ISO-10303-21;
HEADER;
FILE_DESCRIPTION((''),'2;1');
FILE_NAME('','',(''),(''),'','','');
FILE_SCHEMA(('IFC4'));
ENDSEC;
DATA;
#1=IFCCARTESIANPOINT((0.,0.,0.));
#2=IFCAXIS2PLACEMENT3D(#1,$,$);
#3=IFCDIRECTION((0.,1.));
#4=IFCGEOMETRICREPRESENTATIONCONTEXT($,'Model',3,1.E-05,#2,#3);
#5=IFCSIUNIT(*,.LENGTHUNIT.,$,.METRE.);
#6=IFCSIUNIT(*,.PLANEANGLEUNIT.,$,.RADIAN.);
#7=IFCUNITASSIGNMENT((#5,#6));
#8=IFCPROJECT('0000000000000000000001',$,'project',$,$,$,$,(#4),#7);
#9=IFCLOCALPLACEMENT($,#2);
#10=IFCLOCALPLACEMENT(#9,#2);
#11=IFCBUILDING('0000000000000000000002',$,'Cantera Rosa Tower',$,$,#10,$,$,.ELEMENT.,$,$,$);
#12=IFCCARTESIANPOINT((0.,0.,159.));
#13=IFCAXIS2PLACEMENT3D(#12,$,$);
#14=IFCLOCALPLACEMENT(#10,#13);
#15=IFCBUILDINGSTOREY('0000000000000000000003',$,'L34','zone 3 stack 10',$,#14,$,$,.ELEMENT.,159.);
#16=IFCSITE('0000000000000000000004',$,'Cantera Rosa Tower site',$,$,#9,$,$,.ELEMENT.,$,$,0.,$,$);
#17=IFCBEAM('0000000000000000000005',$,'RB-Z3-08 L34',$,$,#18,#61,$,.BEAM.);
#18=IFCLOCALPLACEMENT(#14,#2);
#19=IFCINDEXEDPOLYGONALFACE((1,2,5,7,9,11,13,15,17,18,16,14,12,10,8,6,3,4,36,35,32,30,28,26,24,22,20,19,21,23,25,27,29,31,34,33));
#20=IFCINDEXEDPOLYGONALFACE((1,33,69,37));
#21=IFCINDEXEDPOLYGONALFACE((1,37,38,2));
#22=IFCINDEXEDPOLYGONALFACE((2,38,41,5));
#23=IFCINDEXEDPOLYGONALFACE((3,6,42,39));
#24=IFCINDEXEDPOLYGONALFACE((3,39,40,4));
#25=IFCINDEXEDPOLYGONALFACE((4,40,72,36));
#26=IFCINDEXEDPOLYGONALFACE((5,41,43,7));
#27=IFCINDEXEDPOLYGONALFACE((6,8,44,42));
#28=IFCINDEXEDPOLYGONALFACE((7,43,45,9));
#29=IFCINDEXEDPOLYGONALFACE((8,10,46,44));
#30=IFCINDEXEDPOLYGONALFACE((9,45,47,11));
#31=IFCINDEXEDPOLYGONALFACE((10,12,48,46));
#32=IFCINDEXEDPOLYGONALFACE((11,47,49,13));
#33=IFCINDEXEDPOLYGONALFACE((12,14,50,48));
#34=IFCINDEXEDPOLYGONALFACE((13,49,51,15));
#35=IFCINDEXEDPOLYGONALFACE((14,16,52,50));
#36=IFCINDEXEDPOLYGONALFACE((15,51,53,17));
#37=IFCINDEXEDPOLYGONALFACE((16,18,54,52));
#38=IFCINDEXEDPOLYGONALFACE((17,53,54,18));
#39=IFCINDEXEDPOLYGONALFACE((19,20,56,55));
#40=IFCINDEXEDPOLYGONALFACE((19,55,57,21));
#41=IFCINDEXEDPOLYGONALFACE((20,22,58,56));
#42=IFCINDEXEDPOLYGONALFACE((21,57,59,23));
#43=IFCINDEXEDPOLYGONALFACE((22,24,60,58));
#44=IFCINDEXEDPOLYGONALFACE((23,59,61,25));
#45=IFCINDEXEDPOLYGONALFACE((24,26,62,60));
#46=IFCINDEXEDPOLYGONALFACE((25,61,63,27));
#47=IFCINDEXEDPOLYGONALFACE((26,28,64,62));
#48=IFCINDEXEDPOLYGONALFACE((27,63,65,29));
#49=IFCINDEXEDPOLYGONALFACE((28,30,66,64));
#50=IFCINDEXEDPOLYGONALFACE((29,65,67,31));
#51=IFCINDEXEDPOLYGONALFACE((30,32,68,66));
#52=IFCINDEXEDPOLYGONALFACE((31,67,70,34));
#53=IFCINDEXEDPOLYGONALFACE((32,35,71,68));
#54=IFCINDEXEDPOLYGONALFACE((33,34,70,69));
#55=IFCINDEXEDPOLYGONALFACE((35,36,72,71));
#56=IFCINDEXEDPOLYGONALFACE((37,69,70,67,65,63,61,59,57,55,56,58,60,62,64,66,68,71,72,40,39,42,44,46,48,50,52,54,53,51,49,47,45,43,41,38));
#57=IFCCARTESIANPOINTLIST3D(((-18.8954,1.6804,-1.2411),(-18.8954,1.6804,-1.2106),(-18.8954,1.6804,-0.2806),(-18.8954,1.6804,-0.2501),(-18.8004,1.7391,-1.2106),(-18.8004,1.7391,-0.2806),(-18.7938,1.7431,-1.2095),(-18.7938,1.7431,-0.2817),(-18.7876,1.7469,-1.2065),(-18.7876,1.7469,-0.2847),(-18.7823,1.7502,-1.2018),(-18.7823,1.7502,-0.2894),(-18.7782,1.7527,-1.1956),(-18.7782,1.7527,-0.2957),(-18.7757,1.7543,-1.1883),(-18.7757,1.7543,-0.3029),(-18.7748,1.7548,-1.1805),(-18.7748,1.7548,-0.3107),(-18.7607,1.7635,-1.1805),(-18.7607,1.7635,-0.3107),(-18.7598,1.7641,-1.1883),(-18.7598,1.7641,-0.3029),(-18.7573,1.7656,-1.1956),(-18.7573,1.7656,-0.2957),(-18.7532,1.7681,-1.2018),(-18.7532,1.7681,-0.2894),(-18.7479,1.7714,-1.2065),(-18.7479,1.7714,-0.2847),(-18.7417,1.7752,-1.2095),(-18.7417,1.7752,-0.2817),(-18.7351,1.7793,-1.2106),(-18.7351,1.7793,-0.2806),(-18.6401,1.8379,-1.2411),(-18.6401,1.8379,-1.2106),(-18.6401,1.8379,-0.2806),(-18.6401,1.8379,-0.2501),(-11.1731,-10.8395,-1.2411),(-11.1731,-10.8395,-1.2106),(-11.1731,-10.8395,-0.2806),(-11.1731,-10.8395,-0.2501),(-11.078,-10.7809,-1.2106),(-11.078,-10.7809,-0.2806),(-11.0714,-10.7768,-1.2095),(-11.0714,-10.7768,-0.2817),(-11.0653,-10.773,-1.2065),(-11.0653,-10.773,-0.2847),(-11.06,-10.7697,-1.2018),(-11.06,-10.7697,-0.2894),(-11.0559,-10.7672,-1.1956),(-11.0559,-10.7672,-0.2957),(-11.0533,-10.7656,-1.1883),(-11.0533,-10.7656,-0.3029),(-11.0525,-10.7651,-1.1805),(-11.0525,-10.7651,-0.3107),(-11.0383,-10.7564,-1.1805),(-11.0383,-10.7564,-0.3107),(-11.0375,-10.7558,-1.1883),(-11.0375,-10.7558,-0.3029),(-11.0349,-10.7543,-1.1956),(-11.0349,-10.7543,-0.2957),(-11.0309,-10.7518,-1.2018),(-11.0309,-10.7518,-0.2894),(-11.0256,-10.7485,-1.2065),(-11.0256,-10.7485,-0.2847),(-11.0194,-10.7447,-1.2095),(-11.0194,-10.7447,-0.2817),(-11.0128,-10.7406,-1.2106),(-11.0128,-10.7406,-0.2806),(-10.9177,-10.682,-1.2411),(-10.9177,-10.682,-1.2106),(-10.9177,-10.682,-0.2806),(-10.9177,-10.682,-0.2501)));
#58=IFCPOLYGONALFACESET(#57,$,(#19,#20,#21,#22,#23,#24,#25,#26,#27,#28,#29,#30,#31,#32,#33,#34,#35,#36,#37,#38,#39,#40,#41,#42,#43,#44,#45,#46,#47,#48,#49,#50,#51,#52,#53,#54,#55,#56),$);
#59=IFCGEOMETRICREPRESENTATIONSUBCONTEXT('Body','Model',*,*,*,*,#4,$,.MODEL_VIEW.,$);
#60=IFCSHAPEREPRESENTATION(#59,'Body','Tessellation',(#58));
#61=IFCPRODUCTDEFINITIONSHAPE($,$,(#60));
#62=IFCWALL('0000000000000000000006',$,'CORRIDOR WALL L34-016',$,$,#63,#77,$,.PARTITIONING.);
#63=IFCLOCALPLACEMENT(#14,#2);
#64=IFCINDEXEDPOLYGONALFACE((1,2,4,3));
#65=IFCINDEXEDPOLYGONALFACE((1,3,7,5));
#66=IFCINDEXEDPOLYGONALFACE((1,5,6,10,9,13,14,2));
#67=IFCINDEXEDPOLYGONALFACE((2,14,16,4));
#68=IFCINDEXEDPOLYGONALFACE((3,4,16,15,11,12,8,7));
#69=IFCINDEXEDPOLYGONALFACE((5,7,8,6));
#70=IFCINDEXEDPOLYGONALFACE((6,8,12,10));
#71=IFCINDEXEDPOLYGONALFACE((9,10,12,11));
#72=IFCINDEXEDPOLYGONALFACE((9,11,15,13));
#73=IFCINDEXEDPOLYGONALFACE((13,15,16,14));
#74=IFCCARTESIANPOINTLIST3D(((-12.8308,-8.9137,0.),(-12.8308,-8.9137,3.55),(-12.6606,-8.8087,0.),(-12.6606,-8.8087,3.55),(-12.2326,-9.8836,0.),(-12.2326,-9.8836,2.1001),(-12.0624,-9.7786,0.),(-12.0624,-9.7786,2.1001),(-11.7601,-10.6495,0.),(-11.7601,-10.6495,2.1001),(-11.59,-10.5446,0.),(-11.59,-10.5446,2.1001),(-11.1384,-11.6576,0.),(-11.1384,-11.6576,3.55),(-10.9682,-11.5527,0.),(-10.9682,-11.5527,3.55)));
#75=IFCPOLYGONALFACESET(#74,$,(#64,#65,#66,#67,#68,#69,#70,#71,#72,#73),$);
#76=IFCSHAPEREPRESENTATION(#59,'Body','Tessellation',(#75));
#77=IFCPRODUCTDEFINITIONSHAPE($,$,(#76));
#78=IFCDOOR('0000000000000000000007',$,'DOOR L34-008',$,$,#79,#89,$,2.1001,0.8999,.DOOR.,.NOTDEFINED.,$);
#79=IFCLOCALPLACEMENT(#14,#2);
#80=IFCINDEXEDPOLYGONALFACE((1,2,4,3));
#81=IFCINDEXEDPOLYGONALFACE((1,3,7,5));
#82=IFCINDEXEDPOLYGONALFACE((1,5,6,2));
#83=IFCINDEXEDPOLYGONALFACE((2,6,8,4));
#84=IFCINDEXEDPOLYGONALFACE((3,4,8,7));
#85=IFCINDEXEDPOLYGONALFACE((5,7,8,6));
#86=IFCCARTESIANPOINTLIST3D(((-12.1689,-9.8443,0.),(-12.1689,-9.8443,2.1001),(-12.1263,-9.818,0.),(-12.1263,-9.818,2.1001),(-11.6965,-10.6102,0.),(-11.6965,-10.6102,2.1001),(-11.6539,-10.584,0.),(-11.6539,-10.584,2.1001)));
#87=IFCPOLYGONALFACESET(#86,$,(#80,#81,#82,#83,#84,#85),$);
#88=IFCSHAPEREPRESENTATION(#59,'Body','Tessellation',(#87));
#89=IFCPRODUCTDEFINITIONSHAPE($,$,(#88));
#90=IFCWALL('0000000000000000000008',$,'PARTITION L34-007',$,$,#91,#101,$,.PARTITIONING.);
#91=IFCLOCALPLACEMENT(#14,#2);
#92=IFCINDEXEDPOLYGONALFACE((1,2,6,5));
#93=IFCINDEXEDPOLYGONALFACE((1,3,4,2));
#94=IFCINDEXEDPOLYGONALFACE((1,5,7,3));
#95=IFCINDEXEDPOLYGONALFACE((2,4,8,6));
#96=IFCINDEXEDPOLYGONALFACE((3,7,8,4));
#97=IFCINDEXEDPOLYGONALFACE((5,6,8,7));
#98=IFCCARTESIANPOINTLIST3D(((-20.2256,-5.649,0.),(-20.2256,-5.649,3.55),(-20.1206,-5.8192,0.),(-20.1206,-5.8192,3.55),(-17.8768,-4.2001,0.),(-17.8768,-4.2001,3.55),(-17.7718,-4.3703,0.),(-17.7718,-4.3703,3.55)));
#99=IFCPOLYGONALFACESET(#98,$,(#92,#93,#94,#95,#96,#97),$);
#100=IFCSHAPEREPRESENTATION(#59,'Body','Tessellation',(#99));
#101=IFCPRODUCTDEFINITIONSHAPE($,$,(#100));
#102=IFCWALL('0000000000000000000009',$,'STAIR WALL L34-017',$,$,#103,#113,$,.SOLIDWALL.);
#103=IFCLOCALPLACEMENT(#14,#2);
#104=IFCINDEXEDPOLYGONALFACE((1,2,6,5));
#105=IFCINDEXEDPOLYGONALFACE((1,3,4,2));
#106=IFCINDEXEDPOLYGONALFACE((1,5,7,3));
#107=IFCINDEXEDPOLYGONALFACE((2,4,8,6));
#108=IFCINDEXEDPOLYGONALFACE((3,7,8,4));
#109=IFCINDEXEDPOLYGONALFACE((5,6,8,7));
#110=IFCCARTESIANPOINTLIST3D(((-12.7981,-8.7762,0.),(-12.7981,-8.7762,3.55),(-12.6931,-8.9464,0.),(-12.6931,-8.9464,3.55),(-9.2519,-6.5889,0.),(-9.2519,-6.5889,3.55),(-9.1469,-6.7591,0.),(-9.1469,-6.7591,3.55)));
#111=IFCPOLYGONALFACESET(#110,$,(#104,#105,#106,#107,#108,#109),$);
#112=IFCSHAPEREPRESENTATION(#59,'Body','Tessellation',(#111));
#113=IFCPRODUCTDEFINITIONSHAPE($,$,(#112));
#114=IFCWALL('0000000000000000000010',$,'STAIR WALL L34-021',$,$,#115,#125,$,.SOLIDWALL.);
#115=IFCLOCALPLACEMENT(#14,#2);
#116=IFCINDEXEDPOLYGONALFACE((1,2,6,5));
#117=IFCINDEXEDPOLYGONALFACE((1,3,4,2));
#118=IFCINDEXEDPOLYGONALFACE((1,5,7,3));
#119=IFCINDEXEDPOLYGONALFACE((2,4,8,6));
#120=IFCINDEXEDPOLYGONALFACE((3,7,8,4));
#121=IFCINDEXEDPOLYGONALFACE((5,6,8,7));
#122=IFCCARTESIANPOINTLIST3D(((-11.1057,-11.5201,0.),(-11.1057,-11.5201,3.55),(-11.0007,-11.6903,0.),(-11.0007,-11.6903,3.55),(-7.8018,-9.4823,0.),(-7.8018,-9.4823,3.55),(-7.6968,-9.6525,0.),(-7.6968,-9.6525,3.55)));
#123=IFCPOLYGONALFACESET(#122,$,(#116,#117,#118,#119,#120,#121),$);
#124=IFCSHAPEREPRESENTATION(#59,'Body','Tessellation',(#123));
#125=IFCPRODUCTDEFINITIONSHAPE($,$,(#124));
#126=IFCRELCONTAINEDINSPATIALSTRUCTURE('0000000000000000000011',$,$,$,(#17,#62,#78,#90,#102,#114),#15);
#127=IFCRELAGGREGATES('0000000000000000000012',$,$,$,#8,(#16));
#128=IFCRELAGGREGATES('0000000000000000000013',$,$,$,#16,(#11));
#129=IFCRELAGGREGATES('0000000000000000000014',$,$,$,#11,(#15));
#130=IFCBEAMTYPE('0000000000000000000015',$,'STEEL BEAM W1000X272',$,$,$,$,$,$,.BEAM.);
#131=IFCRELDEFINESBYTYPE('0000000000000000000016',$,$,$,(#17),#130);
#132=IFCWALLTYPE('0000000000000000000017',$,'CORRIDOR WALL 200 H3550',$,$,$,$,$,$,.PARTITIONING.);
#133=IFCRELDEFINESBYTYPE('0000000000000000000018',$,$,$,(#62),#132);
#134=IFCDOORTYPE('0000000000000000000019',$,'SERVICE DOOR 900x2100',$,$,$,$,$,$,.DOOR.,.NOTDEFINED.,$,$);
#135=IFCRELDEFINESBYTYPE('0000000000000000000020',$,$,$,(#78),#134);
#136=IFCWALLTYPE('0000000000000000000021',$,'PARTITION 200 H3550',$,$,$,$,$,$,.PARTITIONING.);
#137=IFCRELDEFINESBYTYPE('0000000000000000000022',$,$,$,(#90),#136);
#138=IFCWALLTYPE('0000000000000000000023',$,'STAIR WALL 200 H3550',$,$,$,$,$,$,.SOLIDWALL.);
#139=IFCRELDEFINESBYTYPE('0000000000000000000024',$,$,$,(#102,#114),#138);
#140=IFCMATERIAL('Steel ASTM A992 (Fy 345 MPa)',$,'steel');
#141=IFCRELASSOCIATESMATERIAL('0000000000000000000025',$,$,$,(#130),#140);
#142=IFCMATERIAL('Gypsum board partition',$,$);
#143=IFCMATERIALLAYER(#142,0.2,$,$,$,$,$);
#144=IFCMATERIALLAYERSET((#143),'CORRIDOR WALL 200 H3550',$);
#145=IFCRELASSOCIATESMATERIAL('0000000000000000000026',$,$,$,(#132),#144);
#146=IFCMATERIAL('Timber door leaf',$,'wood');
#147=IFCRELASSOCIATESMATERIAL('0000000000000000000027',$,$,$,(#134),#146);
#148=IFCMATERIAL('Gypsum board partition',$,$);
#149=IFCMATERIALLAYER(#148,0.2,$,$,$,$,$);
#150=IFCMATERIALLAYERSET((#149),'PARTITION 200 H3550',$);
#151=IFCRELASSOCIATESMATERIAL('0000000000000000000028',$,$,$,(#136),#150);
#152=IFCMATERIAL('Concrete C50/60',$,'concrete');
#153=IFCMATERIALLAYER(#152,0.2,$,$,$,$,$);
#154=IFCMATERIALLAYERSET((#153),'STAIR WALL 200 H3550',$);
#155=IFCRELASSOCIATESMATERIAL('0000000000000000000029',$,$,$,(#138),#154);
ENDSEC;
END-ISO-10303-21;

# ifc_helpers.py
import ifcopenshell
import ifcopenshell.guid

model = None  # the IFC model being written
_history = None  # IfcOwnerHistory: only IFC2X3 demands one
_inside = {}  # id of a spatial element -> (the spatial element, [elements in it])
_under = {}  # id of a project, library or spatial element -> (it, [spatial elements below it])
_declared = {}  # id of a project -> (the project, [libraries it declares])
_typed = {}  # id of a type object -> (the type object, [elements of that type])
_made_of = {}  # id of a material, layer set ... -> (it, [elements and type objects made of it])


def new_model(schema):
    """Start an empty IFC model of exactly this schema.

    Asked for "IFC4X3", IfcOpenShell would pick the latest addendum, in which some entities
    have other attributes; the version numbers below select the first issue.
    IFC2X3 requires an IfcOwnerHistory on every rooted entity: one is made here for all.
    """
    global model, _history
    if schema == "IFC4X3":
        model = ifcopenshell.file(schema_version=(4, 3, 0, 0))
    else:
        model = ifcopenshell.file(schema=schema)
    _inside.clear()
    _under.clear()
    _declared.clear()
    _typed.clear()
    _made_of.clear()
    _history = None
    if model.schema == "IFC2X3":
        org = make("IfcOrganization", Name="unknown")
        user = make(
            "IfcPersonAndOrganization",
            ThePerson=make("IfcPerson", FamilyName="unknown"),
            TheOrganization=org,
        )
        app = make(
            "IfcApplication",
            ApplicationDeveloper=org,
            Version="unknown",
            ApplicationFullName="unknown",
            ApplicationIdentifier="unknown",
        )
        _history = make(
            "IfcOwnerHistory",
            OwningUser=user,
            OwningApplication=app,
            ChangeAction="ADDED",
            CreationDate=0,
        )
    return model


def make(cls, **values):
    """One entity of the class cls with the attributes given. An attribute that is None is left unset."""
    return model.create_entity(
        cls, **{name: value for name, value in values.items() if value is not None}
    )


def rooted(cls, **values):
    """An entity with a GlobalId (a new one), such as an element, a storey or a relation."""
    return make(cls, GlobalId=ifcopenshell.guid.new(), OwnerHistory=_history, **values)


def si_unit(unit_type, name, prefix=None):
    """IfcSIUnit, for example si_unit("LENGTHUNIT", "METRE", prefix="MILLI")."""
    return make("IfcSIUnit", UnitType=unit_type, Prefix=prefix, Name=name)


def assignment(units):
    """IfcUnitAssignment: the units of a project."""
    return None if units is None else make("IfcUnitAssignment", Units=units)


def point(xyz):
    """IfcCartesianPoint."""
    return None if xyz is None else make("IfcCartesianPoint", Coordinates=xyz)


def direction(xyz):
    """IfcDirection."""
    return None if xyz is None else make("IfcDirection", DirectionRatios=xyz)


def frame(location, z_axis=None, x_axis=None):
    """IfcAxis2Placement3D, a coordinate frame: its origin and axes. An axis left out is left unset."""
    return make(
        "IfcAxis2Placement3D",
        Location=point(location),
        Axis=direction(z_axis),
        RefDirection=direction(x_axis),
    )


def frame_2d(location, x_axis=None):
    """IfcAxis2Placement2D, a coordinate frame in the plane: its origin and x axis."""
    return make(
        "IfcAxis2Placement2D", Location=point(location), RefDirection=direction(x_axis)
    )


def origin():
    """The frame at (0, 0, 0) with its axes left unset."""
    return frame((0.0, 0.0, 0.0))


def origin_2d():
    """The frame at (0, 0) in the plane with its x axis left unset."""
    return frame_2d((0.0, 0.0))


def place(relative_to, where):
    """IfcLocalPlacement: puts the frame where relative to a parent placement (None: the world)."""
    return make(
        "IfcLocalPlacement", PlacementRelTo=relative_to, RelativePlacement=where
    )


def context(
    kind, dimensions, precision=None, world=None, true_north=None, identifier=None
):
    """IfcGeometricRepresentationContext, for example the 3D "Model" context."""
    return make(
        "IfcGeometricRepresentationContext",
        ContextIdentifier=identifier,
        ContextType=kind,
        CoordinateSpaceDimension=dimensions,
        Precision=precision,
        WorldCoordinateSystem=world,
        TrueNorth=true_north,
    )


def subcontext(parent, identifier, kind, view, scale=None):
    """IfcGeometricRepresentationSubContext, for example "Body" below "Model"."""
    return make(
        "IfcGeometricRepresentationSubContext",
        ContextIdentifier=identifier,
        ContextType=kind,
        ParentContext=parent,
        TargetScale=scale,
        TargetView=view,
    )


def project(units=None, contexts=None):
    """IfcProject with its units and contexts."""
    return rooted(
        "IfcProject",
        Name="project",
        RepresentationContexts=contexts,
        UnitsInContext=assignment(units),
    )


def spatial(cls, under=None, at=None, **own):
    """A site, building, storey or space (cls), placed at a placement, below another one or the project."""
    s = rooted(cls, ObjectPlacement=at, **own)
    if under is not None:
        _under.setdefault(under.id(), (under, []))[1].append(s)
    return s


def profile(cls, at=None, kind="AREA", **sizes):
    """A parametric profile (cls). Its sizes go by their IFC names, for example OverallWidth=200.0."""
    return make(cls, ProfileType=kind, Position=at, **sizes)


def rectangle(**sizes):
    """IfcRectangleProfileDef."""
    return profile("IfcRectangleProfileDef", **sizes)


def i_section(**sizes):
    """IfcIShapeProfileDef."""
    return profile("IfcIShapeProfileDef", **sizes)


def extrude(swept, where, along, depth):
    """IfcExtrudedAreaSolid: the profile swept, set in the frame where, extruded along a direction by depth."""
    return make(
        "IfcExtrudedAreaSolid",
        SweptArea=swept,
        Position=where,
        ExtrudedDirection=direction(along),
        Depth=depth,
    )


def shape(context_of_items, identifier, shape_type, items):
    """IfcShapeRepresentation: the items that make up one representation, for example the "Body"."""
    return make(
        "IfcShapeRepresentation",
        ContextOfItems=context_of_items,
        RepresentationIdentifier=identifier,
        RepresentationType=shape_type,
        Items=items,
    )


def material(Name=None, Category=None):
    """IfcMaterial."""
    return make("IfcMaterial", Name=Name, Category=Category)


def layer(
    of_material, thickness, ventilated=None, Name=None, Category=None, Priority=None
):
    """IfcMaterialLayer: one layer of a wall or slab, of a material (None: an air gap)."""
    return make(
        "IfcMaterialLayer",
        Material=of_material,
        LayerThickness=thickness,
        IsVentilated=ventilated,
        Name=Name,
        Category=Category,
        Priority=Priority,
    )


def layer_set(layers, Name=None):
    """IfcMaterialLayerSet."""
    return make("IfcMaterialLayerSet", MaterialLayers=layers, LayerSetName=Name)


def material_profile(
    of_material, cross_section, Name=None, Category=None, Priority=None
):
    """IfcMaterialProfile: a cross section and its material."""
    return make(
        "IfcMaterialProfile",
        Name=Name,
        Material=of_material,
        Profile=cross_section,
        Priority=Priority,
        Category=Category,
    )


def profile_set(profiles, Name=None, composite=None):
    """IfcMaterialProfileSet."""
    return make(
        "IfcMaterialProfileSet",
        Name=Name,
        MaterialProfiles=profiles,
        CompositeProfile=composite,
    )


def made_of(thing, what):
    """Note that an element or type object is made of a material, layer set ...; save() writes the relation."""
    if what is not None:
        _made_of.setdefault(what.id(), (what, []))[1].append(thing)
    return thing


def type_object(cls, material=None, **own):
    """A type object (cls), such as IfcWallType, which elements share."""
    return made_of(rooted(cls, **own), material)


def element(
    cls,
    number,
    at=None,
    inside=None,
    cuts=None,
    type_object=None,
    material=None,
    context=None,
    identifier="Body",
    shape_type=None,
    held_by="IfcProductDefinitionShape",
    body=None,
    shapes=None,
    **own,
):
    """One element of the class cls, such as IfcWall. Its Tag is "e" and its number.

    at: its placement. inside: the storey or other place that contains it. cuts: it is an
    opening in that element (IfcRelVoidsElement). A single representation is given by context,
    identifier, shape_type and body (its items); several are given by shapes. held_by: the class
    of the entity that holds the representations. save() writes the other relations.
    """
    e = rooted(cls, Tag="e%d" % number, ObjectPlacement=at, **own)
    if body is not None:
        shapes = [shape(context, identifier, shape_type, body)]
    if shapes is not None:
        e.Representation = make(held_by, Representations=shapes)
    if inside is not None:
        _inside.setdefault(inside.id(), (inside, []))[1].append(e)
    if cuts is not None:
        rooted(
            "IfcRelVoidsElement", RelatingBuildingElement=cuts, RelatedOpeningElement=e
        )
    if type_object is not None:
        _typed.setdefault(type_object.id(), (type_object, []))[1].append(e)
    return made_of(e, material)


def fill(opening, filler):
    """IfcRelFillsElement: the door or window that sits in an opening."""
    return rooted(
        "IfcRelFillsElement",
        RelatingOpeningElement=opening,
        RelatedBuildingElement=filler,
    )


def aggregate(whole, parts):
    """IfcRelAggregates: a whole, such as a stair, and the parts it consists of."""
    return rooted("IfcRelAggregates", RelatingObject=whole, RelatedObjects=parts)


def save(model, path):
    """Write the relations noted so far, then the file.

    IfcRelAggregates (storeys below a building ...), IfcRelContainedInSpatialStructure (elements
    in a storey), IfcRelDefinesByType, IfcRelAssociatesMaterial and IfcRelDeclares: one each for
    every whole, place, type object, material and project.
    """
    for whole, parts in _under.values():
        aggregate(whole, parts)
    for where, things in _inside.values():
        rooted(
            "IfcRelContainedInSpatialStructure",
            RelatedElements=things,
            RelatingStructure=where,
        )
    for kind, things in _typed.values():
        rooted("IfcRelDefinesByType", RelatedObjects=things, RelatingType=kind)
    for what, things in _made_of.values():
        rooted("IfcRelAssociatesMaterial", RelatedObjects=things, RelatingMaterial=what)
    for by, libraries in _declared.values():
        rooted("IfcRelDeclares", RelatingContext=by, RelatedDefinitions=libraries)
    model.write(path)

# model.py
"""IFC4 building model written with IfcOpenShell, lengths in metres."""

from ifc_helpers import new_model, si_unit, direction, frame, frame_2d, origin, origin_2d, place, context, subcontext, project, spatial, rectangle, i_section, extrude, material, layer, layer_set, material_profile, profile_set, type_object, element, fill, save


model = new_model("IFC4")

# Units and contexts
model_context = context("Model", 3, precision=1e-05, world=origin(), true_north=direction((0.0, 1.0)))
body_context = subcontext(model_context, "Body", "Model", "MODEL_VIEW")
ifc_project = project(units=[si_unit("LENGTHUNIT", "METRE"), si_unit("PLANEANGLEUNIT", "RADIAN")], contexts=[model_context])

# Site, building, storey
site_placement = place(None, origin())
site = spatial("IfcSite", under=ifc_project, at=site_placement, Name="Cantera Rosa Tower site", CompositionType="ELEMENT", RefElevation=0.0)
building_placement = place(site_placement, origin())
building = spatial("IfcBuilding", under=site, at=building_placement, Name="Cantera Rosa Tower", CompositionType="ELEMENT")
storey_placement = place(building_placement, frame((0.0, 0.0, 159.0)))
storey = spatial("IfcBuildingStorey", under=building, at=storey_placement, Name="L34", Description="zone 3 stack 10", CompositionType="ELEMENT", Elevation=159.0)

# Beam
ifc_material_1 = material(Name="Steel ASTM A992 (Fy 345 MPa)", Category="steel")
ifc_material_profile = material_profile(ifc_material_1, i_section(OverallWidth=0.3, OverallDepth=0.991, WebThickness=0.0166, FlangeThickness=0.0305, FilletRadius=0.03, at=origin_2d()), Name="W1000X272")
ifc_profile_set = profile_set([ifc_material_profile], Name="Steel ASTM A992 (Fy 345 MPa)")
beam_type = type_object("IfcBeamType", Name="STEEL BEAM W1000X272", PredefinedType="BEAM", material=ifc_profile_set)
beam_placement = place(storey_placement, frame((-11.0454, -10.7607, -0.7456), z_axis=(-0.524974, 0.851118, 0.0), x_axis=(-0.851118, -0.524974, 0.0)))
element("IfcBeam", 1, at=beam_placement, inside=storey, type_object=beam_type, Name="RB-Z3-08 L34", PredefinedType="BEAM", context=body_context, shape_type="SweptSolid", body=[
    extrude(i_section(OverallWidth=0.3, OverallDepth=0.991, WebThickness=0.0166, FlangeThickness=0.0305, FilletRadius=0.03, at=origin_2d()), origin(), (0.0, 0.0, 1.0), 14.71),
])

# Wall, opening, door
ifc_material_2 = material(Name="Gypsum board partition")
ifc_layer_1 = layer(ifc_material_2, 0.2)
ifc_layer_set_1 = layer_set([ifc_layer_1], Name="CORRIDOR WALL 200 H3550")
wall_type_1 = type_object("IfcWallType", Name="CORRIDOR WALL 200 H3550", PredefinedType="PARTITIONING", material=ifc_layer_set_1)
wall_1_placement = place(storey_placement, frame((-12.7456, -8.8613, 0.0), z_axis=(0.0, 0.0, 1.0), x_axis=(0.524959, -0.851127, 0.0)))
wall_1 = element("IfcWall", 2, at=wall_1_placement, inside=storey, type_object=wall_type_1, Name="CORRIDOR WALL L34-016", PredefinedType="PARTITIONING", context=body_context, shape_type="SweptSolid", body=[
    extrude(rectangle(XDim=3.2239, YDim=0.2, at=frame_2d((1.6118, 0.0))), origin(), (0.0, 0.0, 1.0), 3.55),
])
opening_1_placement = place(wall_1_placement, frame((1.1394, 0.0, 0.0)))
opening_1 = element("IfcOpeningElement", 3, at=opening_1_placement, cuts=wall_1, PredefinedType="OPENING", context=body_context, shape_type="SweptSolid", body=[
    extrude(rectangle(XDim=0.8999, YDim=2.1001, at=frame_2d((0.45, 1.05))), frame((0.0, 0.1099, 0.0), z_axis=(0.0, -1.0, 0.0), x_axis=(1.0, 0.0, 0.0)), (0.0, 0.0, 1.0), 0.22),
])
ifc_material_3 = material(Name="Timber door leaf", Category="wood")
door_type_1 = type_object("IfcDoorType", Name="SERVICE DOOR 900x2100", OperationType="NOTDEFINED", PredefinedType="DOOR", material=ifc_material_3)
door_1_placement = place(opening_1_placement, origin())
door_1 = element("IfcDoor", 4, at=door_1_placement, inside=storey, type_object=door_type_1, Name="DOOR L34-008", OperationType="NOTDEFINED", OverallHeight=2.1001, OverallWidth=0.8999, PredefinedType="DOOR", context=body_context, shape_type="SweptSolid", body=[
    extrude(rectangle(XDim=0.8999, YDim=2.1001, at=frame_2d((0.45, 1.05))), frame((0.0, 0.0249, 0.0), z_axis=(0.0, -1.0, 0.0), x_axis=(1.0, 0.0, 0.0)), (0.0, 0.0, 1.0), 0.05),
])
fill(opening_1, door_1)

# Walls
ifc_material_4 = material(Name="Gypsum board partition")
ifc_layer_2 = layer(ifc_material_4, 0.2)
ifc_layer_set_2 = layer_set([ifc_layer_2], Name="PARTITION 200 H3550")
wall_type_2 = type_object("IfcWallType", Name="PARTITION 200 H3550", PredefinedType="PARTITIONING", material=ifc_layer_set_2)
wall_2_placement = place(storey_placement, frame((-20.1731, -5.7341, 0.0), z_axis=(0.0, 0.0, 1.0), x_axis=(0.85109, 0.52502, 0.0)))
element("IfcWall", 5, at=wall_2_placement, inside=storey, type_object=wall_type_2, Name="PARTITION L34-007", PredefinedType="PARTITIONING", context=body_context, shape_type="SweptSolid", body=[
    extrude(rectangle(XDim=2.7598, YDim=0.2, at=frame_2d((1.3799, 0.0))), origin(), (0.0, 0.0, 1.0), 3.55),
])
ifc_material_5 = material(Name="Concrete C50/60", Category="concrete")
ifc_layer_3 = layer(ifc_material_5, 0.2)
ifc_layer_set_3 = layer_set([ifc_layer_3], Name="STAIR WALL 200 H3550")
wall_type_3 = type_object("IfcWallType", Name="STAIR WALL 200 H3550", PredefinedType="SOLIDWALL", material=ifc_layer_set_3)
wall_3_placement = place(storey_placement, frame((-12.7456, -8.8613, 0.0), z_axis=(0.0, 0.0, 1.0), x_axis=(0.851121, 0.52497, 0.0)))
element("IfcWall", 6, at=wall_3_placement, inside=storey, type_object=wall_type_3, Name="STAIR WALL L34-017", PredefinedType="SOLIDWALL", context=body_context, shape_type="SweptSolid", body=[
    extrude(rectangle(XDim=4.1665, YDim=0.2, at=frame_2d((2.0833, 0.0))), origin(), (0.0, 0.0, 1.0), 3.55),
])
wall_4_placement = place(storey_placement, frame((-11.0532, -11.6052, 0.0), z_axis=(0.0, 0.0, 1.0), x_axis=(0.851125, 0.524964, 0.0)))
element("IfcWall", 7, at=wall_4_placement, inside=storey, type_object=wall_type_3, Name="STAIR WALL L34-021", PredefinedType="SOLIDWALL", context=body_context, shape_type="SweptSolid", body=[
    extrude(rectangle(XDim=3.8818, YDim=0.2, at=frame_2d((1.9409, 0.0))), origin(), (0.0, 0.0, 1.0), 3.55),
])

save(model, "model.ifc")
